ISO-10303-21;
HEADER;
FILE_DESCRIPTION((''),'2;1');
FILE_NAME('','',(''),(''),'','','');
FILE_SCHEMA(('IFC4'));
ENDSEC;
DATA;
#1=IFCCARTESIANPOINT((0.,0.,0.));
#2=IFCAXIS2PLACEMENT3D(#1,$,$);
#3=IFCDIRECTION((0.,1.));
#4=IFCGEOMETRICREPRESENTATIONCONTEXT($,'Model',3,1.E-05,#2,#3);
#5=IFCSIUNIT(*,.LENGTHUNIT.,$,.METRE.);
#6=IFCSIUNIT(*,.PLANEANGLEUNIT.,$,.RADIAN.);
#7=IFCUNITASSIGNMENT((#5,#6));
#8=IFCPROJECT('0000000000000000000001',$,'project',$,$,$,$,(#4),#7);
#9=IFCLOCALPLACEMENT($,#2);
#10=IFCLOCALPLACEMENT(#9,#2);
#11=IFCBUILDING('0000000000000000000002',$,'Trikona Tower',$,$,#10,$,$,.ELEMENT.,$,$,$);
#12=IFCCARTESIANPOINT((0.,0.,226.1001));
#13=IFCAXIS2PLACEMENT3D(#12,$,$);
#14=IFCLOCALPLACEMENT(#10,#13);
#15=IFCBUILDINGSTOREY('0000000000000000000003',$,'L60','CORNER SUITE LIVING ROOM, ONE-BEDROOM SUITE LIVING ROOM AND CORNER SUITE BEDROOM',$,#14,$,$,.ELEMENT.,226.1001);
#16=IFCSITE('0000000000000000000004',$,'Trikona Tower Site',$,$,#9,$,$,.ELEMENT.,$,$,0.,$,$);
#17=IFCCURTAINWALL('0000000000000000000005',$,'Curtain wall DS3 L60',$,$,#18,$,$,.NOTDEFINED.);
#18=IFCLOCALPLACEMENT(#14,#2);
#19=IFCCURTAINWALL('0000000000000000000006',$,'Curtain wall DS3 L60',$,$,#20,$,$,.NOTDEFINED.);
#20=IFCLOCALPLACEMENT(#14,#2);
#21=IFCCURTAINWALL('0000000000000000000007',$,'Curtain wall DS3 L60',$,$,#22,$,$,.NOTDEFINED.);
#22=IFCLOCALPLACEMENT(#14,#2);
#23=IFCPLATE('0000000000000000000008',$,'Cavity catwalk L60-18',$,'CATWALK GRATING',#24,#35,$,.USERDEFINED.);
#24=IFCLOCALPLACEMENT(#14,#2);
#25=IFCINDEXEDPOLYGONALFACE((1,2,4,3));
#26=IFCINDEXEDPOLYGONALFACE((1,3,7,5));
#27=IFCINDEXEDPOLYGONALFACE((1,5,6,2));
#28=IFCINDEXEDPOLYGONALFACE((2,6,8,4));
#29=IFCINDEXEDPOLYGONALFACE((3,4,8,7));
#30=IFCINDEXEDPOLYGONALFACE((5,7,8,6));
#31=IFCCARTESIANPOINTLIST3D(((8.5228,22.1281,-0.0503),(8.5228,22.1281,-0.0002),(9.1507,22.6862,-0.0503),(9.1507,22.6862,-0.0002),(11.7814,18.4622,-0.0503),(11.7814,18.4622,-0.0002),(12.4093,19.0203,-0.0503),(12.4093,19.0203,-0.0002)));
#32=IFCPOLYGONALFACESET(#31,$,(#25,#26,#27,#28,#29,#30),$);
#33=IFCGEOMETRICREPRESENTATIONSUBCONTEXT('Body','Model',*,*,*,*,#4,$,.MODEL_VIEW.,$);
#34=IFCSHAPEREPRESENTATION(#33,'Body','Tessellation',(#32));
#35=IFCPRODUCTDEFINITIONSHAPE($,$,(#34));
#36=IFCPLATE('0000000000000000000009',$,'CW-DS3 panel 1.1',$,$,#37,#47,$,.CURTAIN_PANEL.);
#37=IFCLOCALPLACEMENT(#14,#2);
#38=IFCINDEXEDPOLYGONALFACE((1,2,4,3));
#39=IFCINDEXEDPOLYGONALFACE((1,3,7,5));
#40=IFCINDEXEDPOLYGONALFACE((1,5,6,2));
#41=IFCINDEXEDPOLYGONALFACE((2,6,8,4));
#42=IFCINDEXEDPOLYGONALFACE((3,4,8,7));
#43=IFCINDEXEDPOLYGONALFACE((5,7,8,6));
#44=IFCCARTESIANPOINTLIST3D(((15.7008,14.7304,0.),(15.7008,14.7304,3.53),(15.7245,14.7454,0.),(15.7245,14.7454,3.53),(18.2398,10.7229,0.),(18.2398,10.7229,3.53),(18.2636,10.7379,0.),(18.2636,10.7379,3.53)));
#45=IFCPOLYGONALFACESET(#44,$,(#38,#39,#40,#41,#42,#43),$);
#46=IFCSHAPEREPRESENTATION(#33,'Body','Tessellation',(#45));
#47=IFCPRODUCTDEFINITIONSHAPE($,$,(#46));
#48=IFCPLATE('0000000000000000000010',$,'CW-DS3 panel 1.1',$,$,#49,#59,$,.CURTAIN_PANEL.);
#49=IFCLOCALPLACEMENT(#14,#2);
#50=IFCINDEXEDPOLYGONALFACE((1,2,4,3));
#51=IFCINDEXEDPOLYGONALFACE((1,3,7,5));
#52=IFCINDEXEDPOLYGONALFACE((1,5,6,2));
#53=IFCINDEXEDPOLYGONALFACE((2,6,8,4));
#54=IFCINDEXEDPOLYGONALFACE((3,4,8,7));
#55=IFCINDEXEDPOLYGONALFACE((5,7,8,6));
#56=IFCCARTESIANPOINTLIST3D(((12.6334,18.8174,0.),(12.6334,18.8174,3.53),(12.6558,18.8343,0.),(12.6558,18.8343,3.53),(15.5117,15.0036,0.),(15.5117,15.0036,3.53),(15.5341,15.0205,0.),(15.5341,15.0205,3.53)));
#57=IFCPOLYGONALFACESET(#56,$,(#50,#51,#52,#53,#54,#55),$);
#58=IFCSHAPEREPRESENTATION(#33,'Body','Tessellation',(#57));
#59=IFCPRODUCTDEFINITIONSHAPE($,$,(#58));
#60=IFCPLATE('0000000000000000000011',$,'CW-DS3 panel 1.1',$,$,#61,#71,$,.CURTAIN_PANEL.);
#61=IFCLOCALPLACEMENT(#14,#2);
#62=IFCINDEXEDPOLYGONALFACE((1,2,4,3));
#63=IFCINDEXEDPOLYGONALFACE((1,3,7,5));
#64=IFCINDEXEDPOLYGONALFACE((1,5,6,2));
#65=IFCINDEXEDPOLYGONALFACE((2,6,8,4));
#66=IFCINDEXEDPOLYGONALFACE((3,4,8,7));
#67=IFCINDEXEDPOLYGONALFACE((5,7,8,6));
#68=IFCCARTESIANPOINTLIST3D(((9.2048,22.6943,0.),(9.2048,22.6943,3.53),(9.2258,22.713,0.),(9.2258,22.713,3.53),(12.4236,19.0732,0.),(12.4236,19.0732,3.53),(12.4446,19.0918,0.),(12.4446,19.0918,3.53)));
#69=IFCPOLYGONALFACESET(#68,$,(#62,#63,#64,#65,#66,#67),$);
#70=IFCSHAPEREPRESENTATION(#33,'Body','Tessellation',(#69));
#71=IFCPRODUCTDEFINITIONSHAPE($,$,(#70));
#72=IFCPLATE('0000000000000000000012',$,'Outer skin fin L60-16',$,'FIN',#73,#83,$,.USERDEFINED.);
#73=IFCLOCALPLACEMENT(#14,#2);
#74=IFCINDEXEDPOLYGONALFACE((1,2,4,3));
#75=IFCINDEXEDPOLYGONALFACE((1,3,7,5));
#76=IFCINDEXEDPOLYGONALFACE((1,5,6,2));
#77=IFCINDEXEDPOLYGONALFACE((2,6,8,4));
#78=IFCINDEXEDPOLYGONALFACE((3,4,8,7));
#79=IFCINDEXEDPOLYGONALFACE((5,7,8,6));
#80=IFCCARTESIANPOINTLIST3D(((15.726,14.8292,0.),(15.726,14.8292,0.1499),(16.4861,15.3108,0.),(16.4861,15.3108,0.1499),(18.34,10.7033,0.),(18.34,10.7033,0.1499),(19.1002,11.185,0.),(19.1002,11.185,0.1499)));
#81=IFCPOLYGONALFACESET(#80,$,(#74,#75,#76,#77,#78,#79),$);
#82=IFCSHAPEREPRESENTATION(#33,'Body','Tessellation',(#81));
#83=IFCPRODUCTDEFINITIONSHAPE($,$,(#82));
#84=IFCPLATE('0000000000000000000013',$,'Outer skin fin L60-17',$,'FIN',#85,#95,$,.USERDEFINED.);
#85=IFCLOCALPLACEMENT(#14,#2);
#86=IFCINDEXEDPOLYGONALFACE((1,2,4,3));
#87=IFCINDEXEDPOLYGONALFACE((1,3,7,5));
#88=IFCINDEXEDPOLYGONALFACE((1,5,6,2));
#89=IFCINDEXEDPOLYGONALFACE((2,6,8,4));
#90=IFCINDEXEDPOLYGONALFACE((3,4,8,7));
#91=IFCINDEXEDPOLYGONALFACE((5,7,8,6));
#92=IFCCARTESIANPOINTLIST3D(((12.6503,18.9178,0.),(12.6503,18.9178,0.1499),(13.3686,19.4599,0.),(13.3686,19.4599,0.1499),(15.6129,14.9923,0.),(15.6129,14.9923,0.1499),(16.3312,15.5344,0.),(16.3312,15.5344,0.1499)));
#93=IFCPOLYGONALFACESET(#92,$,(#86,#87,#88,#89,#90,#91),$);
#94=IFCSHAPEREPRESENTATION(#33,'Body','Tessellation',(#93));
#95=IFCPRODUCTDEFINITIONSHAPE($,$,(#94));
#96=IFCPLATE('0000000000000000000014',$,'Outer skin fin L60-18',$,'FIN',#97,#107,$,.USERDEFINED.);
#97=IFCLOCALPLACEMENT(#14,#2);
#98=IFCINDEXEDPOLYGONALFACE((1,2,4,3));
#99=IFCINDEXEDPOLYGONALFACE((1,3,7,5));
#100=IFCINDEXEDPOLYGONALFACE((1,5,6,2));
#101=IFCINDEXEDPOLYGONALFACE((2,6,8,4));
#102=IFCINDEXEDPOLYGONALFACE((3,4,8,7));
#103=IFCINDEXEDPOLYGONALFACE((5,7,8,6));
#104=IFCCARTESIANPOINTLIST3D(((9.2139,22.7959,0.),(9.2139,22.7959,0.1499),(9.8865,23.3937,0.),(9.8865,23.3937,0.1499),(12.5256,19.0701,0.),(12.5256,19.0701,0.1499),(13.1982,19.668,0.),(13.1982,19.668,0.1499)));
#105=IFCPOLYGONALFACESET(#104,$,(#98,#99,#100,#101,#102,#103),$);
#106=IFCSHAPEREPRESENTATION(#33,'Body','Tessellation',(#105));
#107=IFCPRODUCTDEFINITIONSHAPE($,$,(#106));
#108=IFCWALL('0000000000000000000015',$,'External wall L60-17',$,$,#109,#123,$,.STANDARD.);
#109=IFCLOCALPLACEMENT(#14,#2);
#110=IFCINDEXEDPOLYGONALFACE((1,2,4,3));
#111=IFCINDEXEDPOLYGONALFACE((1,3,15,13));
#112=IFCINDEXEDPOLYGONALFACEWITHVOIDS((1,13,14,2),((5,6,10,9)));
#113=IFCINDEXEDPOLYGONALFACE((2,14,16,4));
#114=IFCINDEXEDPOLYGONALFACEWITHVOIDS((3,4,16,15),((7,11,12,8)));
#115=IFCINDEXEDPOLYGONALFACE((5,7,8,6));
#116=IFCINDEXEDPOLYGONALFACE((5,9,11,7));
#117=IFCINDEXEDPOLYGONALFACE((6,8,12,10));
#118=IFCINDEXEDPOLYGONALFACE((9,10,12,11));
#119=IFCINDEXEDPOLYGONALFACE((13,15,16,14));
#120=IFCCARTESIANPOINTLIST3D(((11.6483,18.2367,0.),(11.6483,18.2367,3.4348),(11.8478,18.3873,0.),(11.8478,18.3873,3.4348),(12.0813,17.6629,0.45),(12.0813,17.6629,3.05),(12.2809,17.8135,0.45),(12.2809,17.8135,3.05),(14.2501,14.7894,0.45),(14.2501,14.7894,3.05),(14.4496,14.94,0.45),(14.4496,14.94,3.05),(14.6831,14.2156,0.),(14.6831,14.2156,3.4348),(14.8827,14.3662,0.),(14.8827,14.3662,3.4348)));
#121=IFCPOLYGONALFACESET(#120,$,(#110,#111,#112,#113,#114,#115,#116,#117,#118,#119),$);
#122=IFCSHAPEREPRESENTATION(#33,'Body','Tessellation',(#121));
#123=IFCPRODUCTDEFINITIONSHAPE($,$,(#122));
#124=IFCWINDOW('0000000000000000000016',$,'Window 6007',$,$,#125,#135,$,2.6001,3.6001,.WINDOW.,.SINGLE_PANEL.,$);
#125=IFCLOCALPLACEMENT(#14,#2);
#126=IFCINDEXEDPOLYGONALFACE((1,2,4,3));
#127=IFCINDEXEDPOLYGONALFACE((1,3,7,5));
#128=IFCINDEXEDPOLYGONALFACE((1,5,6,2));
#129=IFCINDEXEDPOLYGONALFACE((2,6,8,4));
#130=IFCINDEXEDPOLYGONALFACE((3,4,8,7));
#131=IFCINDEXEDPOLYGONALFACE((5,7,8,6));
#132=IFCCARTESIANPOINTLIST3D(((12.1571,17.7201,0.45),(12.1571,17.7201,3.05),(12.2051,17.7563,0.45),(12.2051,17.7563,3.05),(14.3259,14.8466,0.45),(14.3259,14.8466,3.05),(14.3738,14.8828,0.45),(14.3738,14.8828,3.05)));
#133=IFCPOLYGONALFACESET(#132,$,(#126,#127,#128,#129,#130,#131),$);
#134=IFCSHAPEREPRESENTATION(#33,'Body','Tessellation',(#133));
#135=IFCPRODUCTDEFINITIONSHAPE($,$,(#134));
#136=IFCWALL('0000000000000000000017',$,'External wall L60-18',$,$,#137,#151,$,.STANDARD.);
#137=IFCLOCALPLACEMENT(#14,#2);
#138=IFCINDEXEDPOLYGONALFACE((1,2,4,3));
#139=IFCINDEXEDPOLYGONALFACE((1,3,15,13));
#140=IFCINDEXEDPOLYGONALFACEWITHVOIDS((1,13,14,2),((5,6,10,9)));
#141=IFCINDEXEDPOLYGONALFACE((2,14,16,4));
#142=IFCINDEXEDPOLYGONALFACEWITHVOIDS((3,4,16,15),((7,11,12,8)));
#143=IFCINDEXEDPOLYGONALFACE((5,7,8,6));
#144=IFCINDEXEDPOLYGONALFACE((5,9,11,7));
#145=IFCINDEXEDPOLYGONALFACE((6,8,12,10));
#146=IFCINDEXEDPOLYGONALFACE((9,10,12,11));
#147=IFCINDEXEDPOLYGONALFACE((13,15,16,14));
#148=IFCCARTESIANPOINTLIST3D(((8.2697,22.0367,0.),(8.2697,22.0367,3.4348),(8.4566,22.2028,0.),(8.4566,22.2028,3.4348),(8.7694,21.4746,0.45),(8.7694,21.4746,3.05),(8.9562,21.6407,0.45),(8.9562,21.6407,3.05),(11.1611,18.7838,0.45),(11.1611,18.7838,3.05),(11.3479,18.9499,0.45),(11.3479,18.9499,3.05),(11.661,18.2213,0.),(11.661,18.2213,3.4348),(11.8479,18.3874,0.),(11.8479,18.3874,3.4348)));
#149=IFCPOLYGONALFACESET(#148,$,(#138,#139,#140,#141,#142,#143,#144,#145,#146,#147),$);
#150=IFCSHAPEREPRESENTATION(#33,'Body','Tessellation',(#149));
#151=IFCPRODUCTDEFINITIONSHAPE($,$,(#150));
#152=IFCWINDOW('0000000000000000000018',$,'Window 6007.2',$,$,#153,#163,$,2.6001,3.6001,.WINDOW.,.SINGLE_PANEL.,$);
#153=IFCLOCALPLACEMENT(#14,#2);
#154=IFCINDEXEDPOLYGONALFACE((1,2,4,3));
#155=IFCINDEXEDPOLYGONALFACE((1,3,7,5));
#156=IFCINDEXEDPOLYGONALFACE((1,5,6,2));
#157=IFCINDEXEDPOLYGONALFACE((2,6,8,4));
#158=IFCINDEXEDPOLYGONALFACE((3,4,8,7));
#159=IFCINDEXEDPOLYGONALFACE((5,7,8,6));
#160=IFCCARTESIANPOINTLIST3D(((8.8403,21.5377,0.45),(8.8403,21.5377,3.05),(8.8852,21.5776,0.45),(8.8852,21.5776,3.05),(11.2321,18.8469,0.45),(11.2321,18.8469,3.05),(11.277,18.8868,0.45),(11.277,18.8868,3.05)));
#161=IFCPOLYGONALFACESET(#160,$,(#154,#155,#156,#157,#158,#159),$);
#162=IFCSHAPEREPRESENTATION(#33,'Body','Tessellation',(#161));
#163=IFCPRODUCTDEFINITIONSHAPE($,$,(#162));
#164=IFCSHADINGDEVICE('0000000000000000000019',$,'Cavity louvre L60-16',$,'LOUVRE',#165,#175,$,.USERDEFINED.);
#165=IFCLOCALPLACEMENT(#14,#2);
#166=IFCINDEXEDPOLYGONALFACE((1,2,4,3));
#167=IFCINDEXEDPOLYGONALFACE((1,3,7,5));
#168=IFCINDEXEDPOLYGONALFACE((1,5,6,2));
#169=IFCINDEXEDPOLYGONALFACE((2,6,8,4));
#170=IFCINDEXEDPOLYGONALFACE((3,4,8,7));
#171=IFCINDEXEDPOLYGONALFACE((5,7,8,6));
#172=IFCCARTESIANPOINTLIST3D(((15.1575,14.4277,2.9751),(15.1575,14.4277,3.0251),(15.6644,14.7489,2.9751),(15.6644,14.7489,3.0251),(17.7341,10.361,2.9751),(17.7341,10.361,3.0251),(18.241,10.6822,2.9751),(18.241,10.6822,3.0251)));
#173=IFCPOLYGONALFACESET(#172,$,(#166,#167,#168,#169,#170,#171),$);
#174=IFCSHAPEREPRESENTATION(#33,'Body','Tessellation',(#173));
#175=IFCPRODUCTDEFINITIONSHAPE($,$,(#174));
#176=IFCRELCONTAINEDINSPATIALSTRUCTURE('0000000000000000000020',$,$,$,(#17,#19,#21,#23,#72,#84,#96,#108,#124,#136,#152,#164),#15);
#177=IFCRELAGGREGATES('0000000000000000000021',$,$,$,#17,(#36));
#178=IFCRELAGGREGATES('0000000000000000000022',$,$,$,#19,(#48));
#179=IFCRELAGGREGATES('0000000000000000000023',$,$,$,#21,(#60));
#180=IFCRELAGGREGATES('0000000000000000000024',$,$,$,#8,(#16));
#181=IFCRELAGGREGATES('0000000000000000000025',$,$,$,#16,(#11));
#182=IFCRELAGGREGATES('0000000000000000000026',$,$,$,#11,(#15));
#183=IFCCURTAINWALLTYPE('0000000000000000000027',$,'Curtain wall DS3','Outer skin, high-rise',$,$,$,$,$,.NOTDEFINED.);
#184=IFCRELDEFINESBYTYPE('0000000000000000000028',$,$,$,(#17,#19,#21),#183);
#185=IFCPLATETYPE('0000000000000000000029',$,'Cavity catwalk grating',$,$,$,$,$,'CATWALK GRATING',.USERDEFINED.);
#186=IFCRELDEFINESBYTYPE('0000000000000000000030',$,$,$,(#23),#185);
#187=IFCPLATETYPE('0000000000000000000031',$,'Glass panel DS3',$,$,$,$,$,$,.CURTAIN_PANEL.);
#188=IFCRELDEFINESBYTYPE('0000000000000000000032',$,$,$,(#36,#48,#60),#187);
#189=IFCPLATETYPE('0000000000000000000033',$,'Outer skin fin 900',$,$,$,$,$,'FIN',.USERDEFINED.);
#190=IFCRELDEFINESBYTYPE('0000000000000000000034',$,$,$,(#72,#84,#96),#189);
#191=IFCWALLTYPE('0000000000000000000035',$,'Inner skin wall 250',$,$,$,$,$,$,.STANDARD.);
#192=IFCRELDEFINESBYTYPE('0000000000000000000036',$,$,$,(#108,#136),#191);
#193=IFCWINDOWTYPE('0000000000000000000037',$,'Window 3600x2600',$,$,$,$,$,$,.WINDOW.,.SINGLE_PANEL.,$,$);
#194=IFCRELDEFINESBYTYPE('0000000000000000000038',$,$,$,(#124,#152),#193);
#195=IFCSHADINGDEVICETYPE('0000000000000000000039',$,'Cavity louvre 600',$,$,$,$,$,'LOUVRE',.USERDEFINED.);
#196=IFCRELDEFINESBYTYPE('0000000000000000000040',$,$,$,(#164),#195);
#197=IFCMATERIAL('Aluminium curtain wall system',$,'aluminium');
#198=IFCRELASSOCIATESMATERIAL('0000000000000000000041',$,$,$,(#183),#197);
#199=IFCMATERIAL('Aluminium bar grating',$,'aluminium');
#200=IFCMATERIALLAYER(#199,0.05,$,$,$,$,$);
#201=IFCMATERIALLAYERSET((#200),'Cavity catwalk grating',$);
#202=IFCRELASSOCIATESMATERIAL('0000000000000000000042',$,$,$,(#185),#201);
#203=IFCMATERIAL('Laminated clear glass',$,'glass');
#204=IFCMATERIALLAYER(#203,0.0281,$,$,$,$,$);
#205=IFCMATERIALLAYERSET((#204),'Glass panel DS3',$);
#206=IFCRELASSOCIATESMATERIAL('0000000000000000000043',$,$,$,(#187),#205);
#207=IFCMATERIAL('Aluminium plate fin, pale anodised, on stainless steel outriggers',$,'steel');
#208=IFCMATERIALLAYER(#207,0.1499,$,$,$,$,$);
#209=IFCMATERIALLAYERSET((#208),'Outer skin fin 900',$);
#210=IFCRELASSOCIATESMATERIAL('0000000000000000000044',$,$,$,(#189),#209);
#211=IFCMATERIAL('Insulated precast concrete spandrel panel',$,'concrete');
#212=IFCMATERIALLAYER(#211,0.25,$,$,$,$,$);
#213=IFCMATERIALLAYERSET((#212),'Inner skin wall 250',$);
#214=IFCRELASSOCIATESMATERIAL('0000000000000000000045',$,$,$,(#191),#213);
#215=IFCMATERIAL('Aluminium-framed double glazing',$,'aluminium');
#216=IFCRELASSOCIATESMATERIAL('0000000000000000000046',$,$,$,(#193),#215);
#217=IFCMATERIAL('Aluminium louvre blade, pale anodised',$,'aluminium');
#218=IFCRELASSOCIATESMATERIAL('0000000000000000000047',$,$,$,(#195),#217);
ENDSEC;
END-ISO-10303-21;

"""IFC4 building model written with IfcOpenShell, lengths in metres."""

from ifc_helpers import new_model, si_unit, direction, frame, frame_2d, origin, origin_2d, place, context, subcontext, project, spatial, rectangle, extrude, material, layer, layer_set, type_object, element, fill, aggregate, save


model = new_model("IFC4")

# Units and contexts
model_context = context("Model", 3, precision=1e-05, world=origin(), true_north=direction((0.0, 1.0)))
body_context = subcontext(model_context, "Body", "Model", "MODEL_VIEW")
ifc_project = project(units=[si_unit("LENGTHUNIT", "METRE"), si_unit("PLANEANGLEUNIT", "RADIAN")], contexts=[model_context])

# Site, building, storey
site_placement = place(None, origin())
site = spatial("IfcSite", under=ifc_project, at=site_placement, Name="Trikona Tower Site", CompositionType="ELEMENT", RefElevation=0.0)
building_placement = place(site_placement, origin())
building = spatial("IfcBuilding", under=site, at=building_placement, Name="Trikona Tower", CompositionType="ELEMENT")
storey_placement = place(building_placement, frame((0.0, 0.0, 226.1001)))
storey = spatial("IfcBuildingStorey", under=building, at=storey_placement, Name="L60", Description="CORNER SUITE LIVING ROOM, ONE-BEDROOM SUITE LIVING ROOM AND CORNER SUITE BEDROOM", CompositionType="ELEMENT", Elevation=226.1001)

# Curtain walls
ifc_material_1 = material(Name="Aluminium curtain wall system", Category="aluminium")
curtain_wall_type = type_object("IfcCurtainWallType", Name="Curtain wall DS3", Description="Outer skin, high-rise", PredefinedType="NOTDEFINED", material=ifc_material_1)
curtain_wall_1_placement = place(storey_placement, origin())
curtain_wall_1 = element("IfcCurtainWall", 1, at=curtain_wall_1_placement, inside=storey, type_object=curtain_wall_type, Name="Curtain wall DS3 L60", PredefinedType="NOTDEFINED")
curtain_wall_2_placement = place(storey_placement, origin())
curtain_wall_2 = element("IfcCurtainWall", 2, at=curtain_wall_2_placement, inside=storey, type_object=curtain_wall_type, Name="Curtain wall DS3 L60", PredefinedType="NOTDEFINED")

# Curtain wall
curtain_wall_3_placement = place(storey_placement, origin())
curtain_wall_3 = element("IfcCurtainWall", 3, at=curtain_wall_3_placement, inside=storey, type_object=curtain_wall_type, Name="Curtain wall DS3 L60", PredefinedType="NOTDEFINED")

# Plate
ifc_material_2 = material(Name="Aluminium bar grating", Category="aluminium")
ifc_layer_1 = layer(ifc_material_2, 0.05)
ifc_layer_set_1 = layer_set([ifc_layer_1], Name="Cavity catwalk grating")
plate_type_1 = type_object("IfcPlateType", Name="Cavity catwalk grating", ElementType="CATWALK GRATING", PredefinedType="USERDEFINED", material=ifc_layer_set_1)
plate_1_placement = place(storey_placement, frame((10.4661, 20.5742, -0.0503), z_axis=(0.0, 0.0, 1.0), x_axis=(-0.664367, 0.747406, 0.0)))
element("IfcPlate", 4, at=plate_1_placement, inside=storey, type_object=plate_type_1, Name="Cavity catwalk L60-18", ObjectType="CATWALK GRATING", PredefinedType="USERDEFINED", context=body_context, shape_type="SweptSolid", body=[
    extrude(rectangle(XDim=4.9048, YDim=0.8401, at=origin_2d()), origin(), (0.0, 0.0, 1.0), 0.05),
])

# Plates
ifc_material_3 = material(Name="Laminated clear glass", Category="glass")
ifc_layer_2 = layer(ifc_material_3, 0.0281)
ifc_layer_set_2 = layer_set([ifc_layer_2], Name="Glass panel DS3")
plate_type_2 = type_object("IfcPlateType", Name="Glass panel DS3", PredefinedType="CURTAIN_PANEL", material=ifc_layer_set_2)
plate_2_placement = place(storey_placement, frame((16.9822, 12.7341, 0.0), z_axis=(0.0, 0.0, 1.0), x_axis=(-0.535197, 0.844727, 0.0)))
plate_2 = element("IfcPlate", 5, at=plate_2_placement, type_object=plate_type_2, Name="CW-DS3 panel 1.1", PredefinedType="CURTAIN_PANEL", context=body_context, shape_type="SweptSolid", body=[
    extrude(rectangle(XDim=4.7441, YDim=0.0281, at=origin_2d()), origin(), (0.0, 0.0, 1.0), 3.53),
])
aggregate(curtain_wall_1, [plate_2])
plate_3_placement = place(storey_placement, frame((14.0837, 16.9189, 0.0), z_axis=(0.0, 0.0, 1.0), x_axis=(-0.602402, 0.798193, 0.0)))
plate_3 = element("IfcPlate", 6, at=plate_3_placement, type_object=plate_type_2, Name="CW-DS3 panel 1.1", PredefinedType="CURTAIN_PANEL", context=body_context, shape_type="SweptSolid", body=[
    extrude(rectangle(XDim=4.7781, YDim=0.0281, at=origin_2d()), origin(), (0.0, 0.0, 1.0), 3.53),
])
aggregate(curtain_wall_2, [plate_3])
plate_4_placement = place(storey_placement, frame((10.8247, 20.8931, 0.0), z_axis=(0.0, 0.0, 1.0), x_axis=(-0.664371, 0.747403, 0.0)))
plate_4 = element("IfcPlate", 7, at=plate_4_placement, type_object=plate_type_2, Name="CW-DS3 panel 1.1", PredefinedType="CURTAIN_PANEL", context=body_context, shape_type="SweptSolid", body=[
    extrude(rectangle(XDim=4.845, YDim=0.0281, at=origin_2d()), origin(), (0.0, 0.0, 1.0), 3.53),
])
aggregate(curtain_wall_3, [plate_4])

# Plates
ifc_material_4 = material(Name="Aluminium plate fin, pale anodised, on stainless steel outriggers", Category="steel")
ifc_layer_3 = layer(ifc_material_4, 0.1499)
ifc_layer_set_3 = layer_set([ifc_layer_3], Name="Outer skin fin 900")
plate_type_3 = type_object("IfcPlateType", Name="Outer skin fin 900", ElementType="FIN", PredefinedType="USERDEFINED", material=ifc_layer_set_3)
plate_5_placement = place(storey_placement, frame((17.4131, 13.0071, 0.0), z_axis=(0.0, 0.0, 1.0), x_axis=(-0.535205, 0.844722, 0.0)))
element("IfcPlate", 8, at=plate_5_placement, inside=storey, type_object=plate_type_3, Name="Outer skin fin L60-16", ObjectType="FIN", PredefinedType="USERDEFINED", context=body_context, shape_type="SweptSolid", body=[
    extrude(rectangle(XDim=4.8843, YDim=0.8999, at=origin_2d()), origin(), (0.0, 0.0, 1.0), 0.1499),
])
plate_6_placement = place(storey_placement, frame((14.4907, 17.2261, 0.0), z_axis=(0.0, 0.0, 1.0), x_axis=(-0.602402, 0.798193, 0.0)))
element("IfcPlate", 9, at=plate_6_placement, inside=storey, type_object=plate_type_3, Name="Outer skin fin L60-17", ObjectType="FIN", PredefinedType="USERDEFINED", context=body_context, shape_type="SweptSolid", body=[
    extrude(rectangle(XDim=4.918, YDim=0.8999, at=origin_2d()), origin(), (0.0, 0.0, 1.0), 0.1499),
])
plate_7_placement = place(storey_placement, frame((11.2061, 21.2319, 0.0), z_axis=(0.0, 0.0, 1.0), x_axis=(-0.664367, 0.747406, 0.0)))
element("IfcPlate", 10, at=plate_7_placement, inside=storey, type_object=plate_type_3, Name="Outer skin fin L60-18", ObjectType="FIN", PredefinedType="USERDEFINED", context=body_context, shape_type="SweptSolid", body=[
    extrude(rectangle(XDim=4.9849, YDim=0.8999, at=origin_2d()), origin(), (0.0, 0.0, 1.0), 0.1499),
])

# Walls, openings, windows
ifc_material_5 = material(Name="Insulated precast concrete spandrel panel", Category="concrete")
ifc_layer_4 = layer(ifc_material_5, 0.25)
ifc_layer_set_4 = layer_set([ifc_layer_4], Name="Inner skin wall 250")
wall_type = type_object("IfcWallType", Name="Inner skin wall 250", PredefinedType="STANDARD", material=ifc_layer_set_4)
wall_1_placement = place(storey_placement, frame((14.783, 14.2908, 0.0), z_axis=(0.0, 0.0, 1.0), x_axis=(-0.602409, 0.798188, 0.0)))
wall_1 = element("IfcWall", 11, at=wall_1_placement, inside=storey, type_object=wall_type, Name="External wall L60-17", PredefinedType="STANDARD", context=body_context, shape_type="SweptSolid", body=[
    extrude(rectangle(XDim=5.0378, YDim=0.25, at=frame_2d((2.519, 0.0))), origin(), (0.0, 0.0, 1.0), 3.4348),
])
opening_1_placement = place(wall_1_placement, frame((0.719, 0.0, 0.45)))
opening_1 = element("IfcOpeningElement", 12, at=opening_1_placement, cuts=wall_1, PredefinedType="OPENING", context=body_context, shape_type="SweptSolid", body=[
    extrude(rectangle(XDim=3.6001, YDim=2.6001, at=frame_2d((1.8, 1.3))), frame((0.0, 0.135, 0.0), z_axis=(0.0, -1.0, 0.0), x_axis=(1.0, 0.0, 0.0)), (0.0, 0.0, 1.0), 0.27),
])
ifc_material_6 = material(Name="Aluminium-framed double glazing", Category="aluminium")
window_type = type_object("IfcWindowType", Name="Window 3600x2600", PartitioningType="SINGLE_PANEL", PredefinedType="WINDOW", material=ifc_material_6)
window_1_placement = place(opening_1_placement, origin())
window_1 = element("IfcWindow", 13, at=window_1_placement, inside=storey, type_object=window_type, Name="Window 6007", OverallHeight=2.6001, OverallWidth=3.6001, PartitioningType="SINGLE_PANEL", PredefinedType="WINDOW", context=body_context, shape_type="SweptSolid", body=[
    extrude(rectangle(XDim=3.6001, YDim=2.6001, at=frame_2d((1.8, 1.3))), frame((0.0, 0.03, 0.0), z_axis=(0.0, -1.0, 0.0), x_axis=(1.0, 0.0, 0.0)), (0.0, 0.0, 1.0), 0.0601),
])
fill(opening_1, window_1)
wall_2_placement = place(storey_placement, frame((11.7544, 18.3044, 0.0), z_axis=(0.0, 0.0, 1.0), x_axis=(-0.664349, 0.747423, 0.0)))
wall_2 = element("IfcWall", 14, at=wall_2_placement, inside=storey, type_object=wall_type, Name="External wall L60-18", PredefinedType="STANDARD", context=body_context, shape_type="SweptSolid", body=[
    extrude(rectangle(XDim=5.1047, YDim=0.25, at=frame_2d((2.5522, 0.0))), origin(), (0.0, 0.0, 1.0), 3.4348),
])
opening_2_placement = place(wall_2_placement, frame((0.7524, 0.0, 0.45)))
opening_2 = element("IfcOpeningElement", 15, at=opening_2_placement, cuts=wall_2, PredefinedType="OPENING", context=body_context, shape_type="SweptSolid", body=[
    extrude(rectangle(XDim=3.6001, YDim=2.6001, at=frame_2d((1.8, 1.3))), frame((0.0, 0.135, 0.0), z_axis=(0.0, -1.0, 0.0), x_axis=(1.0, 0.0, 0.0)), (0.0, 0.0, 1.0), 0.27),
])
window_2_placement = place(opening_2_placement, origin())
window_2 = element("IfcWindow", 16, at=window_2_placement, inside=storey, type_object=window_type, Name="Window 6007.2", OverallHeight=2.6001, OverallWidth=3.6001, PartitioningType="SINGLE_PANEL", PredefinedType="WINDOW", context=body_context, shape_type="SweptSolid", body=[
    extrude(rectangle(XDim=3.6001, YDim=2.6001, at=frame_2d((1.8, 1.3))), frame((0.0, 0.03, 0.0), z_axis=(0.0, -1.0, 0.0), x_axis=(1.0, 0.0, 0.0)), (0.0, 0.0, 1.0), 0.0601),
])
fill(opening_2, window_2)

# Shading device
ifc_material_7 = material(Name="Aluminium louvre blade, pale anodised", Category="aluminium")
shading_device_type = type_object("IfcShadingDeviceType", Name="Cavity louvre 600", ElementType="LOUVRE", PredefinedType="USERDEFINED", material=ifc_material_7)
shading_device_1_placement = place(storey_placement, frame((16.6992, 12.5549, 2.9751), z_axis=(0.0, 0.0, 1.0), x_axis=(-0.535205, 0.844722, 0.0)))
element("IfcShadingDevice", 17, at=shading_device_1_placement, inside=storey, type_object=shading_device_type, Name="Cavity louvre L60-16", ObjectType="LOUVRE", PredefinedType="USERDEFINED", context=body_context, shape_type="SweptSolid", body=[
    extrude(rectangle(XDim=4.8142, YDim=0.6001, at=origin_2d()), origin(), (0.0, 0.0, 1.0), 0.05),
])

save(model, "model.ifc")
